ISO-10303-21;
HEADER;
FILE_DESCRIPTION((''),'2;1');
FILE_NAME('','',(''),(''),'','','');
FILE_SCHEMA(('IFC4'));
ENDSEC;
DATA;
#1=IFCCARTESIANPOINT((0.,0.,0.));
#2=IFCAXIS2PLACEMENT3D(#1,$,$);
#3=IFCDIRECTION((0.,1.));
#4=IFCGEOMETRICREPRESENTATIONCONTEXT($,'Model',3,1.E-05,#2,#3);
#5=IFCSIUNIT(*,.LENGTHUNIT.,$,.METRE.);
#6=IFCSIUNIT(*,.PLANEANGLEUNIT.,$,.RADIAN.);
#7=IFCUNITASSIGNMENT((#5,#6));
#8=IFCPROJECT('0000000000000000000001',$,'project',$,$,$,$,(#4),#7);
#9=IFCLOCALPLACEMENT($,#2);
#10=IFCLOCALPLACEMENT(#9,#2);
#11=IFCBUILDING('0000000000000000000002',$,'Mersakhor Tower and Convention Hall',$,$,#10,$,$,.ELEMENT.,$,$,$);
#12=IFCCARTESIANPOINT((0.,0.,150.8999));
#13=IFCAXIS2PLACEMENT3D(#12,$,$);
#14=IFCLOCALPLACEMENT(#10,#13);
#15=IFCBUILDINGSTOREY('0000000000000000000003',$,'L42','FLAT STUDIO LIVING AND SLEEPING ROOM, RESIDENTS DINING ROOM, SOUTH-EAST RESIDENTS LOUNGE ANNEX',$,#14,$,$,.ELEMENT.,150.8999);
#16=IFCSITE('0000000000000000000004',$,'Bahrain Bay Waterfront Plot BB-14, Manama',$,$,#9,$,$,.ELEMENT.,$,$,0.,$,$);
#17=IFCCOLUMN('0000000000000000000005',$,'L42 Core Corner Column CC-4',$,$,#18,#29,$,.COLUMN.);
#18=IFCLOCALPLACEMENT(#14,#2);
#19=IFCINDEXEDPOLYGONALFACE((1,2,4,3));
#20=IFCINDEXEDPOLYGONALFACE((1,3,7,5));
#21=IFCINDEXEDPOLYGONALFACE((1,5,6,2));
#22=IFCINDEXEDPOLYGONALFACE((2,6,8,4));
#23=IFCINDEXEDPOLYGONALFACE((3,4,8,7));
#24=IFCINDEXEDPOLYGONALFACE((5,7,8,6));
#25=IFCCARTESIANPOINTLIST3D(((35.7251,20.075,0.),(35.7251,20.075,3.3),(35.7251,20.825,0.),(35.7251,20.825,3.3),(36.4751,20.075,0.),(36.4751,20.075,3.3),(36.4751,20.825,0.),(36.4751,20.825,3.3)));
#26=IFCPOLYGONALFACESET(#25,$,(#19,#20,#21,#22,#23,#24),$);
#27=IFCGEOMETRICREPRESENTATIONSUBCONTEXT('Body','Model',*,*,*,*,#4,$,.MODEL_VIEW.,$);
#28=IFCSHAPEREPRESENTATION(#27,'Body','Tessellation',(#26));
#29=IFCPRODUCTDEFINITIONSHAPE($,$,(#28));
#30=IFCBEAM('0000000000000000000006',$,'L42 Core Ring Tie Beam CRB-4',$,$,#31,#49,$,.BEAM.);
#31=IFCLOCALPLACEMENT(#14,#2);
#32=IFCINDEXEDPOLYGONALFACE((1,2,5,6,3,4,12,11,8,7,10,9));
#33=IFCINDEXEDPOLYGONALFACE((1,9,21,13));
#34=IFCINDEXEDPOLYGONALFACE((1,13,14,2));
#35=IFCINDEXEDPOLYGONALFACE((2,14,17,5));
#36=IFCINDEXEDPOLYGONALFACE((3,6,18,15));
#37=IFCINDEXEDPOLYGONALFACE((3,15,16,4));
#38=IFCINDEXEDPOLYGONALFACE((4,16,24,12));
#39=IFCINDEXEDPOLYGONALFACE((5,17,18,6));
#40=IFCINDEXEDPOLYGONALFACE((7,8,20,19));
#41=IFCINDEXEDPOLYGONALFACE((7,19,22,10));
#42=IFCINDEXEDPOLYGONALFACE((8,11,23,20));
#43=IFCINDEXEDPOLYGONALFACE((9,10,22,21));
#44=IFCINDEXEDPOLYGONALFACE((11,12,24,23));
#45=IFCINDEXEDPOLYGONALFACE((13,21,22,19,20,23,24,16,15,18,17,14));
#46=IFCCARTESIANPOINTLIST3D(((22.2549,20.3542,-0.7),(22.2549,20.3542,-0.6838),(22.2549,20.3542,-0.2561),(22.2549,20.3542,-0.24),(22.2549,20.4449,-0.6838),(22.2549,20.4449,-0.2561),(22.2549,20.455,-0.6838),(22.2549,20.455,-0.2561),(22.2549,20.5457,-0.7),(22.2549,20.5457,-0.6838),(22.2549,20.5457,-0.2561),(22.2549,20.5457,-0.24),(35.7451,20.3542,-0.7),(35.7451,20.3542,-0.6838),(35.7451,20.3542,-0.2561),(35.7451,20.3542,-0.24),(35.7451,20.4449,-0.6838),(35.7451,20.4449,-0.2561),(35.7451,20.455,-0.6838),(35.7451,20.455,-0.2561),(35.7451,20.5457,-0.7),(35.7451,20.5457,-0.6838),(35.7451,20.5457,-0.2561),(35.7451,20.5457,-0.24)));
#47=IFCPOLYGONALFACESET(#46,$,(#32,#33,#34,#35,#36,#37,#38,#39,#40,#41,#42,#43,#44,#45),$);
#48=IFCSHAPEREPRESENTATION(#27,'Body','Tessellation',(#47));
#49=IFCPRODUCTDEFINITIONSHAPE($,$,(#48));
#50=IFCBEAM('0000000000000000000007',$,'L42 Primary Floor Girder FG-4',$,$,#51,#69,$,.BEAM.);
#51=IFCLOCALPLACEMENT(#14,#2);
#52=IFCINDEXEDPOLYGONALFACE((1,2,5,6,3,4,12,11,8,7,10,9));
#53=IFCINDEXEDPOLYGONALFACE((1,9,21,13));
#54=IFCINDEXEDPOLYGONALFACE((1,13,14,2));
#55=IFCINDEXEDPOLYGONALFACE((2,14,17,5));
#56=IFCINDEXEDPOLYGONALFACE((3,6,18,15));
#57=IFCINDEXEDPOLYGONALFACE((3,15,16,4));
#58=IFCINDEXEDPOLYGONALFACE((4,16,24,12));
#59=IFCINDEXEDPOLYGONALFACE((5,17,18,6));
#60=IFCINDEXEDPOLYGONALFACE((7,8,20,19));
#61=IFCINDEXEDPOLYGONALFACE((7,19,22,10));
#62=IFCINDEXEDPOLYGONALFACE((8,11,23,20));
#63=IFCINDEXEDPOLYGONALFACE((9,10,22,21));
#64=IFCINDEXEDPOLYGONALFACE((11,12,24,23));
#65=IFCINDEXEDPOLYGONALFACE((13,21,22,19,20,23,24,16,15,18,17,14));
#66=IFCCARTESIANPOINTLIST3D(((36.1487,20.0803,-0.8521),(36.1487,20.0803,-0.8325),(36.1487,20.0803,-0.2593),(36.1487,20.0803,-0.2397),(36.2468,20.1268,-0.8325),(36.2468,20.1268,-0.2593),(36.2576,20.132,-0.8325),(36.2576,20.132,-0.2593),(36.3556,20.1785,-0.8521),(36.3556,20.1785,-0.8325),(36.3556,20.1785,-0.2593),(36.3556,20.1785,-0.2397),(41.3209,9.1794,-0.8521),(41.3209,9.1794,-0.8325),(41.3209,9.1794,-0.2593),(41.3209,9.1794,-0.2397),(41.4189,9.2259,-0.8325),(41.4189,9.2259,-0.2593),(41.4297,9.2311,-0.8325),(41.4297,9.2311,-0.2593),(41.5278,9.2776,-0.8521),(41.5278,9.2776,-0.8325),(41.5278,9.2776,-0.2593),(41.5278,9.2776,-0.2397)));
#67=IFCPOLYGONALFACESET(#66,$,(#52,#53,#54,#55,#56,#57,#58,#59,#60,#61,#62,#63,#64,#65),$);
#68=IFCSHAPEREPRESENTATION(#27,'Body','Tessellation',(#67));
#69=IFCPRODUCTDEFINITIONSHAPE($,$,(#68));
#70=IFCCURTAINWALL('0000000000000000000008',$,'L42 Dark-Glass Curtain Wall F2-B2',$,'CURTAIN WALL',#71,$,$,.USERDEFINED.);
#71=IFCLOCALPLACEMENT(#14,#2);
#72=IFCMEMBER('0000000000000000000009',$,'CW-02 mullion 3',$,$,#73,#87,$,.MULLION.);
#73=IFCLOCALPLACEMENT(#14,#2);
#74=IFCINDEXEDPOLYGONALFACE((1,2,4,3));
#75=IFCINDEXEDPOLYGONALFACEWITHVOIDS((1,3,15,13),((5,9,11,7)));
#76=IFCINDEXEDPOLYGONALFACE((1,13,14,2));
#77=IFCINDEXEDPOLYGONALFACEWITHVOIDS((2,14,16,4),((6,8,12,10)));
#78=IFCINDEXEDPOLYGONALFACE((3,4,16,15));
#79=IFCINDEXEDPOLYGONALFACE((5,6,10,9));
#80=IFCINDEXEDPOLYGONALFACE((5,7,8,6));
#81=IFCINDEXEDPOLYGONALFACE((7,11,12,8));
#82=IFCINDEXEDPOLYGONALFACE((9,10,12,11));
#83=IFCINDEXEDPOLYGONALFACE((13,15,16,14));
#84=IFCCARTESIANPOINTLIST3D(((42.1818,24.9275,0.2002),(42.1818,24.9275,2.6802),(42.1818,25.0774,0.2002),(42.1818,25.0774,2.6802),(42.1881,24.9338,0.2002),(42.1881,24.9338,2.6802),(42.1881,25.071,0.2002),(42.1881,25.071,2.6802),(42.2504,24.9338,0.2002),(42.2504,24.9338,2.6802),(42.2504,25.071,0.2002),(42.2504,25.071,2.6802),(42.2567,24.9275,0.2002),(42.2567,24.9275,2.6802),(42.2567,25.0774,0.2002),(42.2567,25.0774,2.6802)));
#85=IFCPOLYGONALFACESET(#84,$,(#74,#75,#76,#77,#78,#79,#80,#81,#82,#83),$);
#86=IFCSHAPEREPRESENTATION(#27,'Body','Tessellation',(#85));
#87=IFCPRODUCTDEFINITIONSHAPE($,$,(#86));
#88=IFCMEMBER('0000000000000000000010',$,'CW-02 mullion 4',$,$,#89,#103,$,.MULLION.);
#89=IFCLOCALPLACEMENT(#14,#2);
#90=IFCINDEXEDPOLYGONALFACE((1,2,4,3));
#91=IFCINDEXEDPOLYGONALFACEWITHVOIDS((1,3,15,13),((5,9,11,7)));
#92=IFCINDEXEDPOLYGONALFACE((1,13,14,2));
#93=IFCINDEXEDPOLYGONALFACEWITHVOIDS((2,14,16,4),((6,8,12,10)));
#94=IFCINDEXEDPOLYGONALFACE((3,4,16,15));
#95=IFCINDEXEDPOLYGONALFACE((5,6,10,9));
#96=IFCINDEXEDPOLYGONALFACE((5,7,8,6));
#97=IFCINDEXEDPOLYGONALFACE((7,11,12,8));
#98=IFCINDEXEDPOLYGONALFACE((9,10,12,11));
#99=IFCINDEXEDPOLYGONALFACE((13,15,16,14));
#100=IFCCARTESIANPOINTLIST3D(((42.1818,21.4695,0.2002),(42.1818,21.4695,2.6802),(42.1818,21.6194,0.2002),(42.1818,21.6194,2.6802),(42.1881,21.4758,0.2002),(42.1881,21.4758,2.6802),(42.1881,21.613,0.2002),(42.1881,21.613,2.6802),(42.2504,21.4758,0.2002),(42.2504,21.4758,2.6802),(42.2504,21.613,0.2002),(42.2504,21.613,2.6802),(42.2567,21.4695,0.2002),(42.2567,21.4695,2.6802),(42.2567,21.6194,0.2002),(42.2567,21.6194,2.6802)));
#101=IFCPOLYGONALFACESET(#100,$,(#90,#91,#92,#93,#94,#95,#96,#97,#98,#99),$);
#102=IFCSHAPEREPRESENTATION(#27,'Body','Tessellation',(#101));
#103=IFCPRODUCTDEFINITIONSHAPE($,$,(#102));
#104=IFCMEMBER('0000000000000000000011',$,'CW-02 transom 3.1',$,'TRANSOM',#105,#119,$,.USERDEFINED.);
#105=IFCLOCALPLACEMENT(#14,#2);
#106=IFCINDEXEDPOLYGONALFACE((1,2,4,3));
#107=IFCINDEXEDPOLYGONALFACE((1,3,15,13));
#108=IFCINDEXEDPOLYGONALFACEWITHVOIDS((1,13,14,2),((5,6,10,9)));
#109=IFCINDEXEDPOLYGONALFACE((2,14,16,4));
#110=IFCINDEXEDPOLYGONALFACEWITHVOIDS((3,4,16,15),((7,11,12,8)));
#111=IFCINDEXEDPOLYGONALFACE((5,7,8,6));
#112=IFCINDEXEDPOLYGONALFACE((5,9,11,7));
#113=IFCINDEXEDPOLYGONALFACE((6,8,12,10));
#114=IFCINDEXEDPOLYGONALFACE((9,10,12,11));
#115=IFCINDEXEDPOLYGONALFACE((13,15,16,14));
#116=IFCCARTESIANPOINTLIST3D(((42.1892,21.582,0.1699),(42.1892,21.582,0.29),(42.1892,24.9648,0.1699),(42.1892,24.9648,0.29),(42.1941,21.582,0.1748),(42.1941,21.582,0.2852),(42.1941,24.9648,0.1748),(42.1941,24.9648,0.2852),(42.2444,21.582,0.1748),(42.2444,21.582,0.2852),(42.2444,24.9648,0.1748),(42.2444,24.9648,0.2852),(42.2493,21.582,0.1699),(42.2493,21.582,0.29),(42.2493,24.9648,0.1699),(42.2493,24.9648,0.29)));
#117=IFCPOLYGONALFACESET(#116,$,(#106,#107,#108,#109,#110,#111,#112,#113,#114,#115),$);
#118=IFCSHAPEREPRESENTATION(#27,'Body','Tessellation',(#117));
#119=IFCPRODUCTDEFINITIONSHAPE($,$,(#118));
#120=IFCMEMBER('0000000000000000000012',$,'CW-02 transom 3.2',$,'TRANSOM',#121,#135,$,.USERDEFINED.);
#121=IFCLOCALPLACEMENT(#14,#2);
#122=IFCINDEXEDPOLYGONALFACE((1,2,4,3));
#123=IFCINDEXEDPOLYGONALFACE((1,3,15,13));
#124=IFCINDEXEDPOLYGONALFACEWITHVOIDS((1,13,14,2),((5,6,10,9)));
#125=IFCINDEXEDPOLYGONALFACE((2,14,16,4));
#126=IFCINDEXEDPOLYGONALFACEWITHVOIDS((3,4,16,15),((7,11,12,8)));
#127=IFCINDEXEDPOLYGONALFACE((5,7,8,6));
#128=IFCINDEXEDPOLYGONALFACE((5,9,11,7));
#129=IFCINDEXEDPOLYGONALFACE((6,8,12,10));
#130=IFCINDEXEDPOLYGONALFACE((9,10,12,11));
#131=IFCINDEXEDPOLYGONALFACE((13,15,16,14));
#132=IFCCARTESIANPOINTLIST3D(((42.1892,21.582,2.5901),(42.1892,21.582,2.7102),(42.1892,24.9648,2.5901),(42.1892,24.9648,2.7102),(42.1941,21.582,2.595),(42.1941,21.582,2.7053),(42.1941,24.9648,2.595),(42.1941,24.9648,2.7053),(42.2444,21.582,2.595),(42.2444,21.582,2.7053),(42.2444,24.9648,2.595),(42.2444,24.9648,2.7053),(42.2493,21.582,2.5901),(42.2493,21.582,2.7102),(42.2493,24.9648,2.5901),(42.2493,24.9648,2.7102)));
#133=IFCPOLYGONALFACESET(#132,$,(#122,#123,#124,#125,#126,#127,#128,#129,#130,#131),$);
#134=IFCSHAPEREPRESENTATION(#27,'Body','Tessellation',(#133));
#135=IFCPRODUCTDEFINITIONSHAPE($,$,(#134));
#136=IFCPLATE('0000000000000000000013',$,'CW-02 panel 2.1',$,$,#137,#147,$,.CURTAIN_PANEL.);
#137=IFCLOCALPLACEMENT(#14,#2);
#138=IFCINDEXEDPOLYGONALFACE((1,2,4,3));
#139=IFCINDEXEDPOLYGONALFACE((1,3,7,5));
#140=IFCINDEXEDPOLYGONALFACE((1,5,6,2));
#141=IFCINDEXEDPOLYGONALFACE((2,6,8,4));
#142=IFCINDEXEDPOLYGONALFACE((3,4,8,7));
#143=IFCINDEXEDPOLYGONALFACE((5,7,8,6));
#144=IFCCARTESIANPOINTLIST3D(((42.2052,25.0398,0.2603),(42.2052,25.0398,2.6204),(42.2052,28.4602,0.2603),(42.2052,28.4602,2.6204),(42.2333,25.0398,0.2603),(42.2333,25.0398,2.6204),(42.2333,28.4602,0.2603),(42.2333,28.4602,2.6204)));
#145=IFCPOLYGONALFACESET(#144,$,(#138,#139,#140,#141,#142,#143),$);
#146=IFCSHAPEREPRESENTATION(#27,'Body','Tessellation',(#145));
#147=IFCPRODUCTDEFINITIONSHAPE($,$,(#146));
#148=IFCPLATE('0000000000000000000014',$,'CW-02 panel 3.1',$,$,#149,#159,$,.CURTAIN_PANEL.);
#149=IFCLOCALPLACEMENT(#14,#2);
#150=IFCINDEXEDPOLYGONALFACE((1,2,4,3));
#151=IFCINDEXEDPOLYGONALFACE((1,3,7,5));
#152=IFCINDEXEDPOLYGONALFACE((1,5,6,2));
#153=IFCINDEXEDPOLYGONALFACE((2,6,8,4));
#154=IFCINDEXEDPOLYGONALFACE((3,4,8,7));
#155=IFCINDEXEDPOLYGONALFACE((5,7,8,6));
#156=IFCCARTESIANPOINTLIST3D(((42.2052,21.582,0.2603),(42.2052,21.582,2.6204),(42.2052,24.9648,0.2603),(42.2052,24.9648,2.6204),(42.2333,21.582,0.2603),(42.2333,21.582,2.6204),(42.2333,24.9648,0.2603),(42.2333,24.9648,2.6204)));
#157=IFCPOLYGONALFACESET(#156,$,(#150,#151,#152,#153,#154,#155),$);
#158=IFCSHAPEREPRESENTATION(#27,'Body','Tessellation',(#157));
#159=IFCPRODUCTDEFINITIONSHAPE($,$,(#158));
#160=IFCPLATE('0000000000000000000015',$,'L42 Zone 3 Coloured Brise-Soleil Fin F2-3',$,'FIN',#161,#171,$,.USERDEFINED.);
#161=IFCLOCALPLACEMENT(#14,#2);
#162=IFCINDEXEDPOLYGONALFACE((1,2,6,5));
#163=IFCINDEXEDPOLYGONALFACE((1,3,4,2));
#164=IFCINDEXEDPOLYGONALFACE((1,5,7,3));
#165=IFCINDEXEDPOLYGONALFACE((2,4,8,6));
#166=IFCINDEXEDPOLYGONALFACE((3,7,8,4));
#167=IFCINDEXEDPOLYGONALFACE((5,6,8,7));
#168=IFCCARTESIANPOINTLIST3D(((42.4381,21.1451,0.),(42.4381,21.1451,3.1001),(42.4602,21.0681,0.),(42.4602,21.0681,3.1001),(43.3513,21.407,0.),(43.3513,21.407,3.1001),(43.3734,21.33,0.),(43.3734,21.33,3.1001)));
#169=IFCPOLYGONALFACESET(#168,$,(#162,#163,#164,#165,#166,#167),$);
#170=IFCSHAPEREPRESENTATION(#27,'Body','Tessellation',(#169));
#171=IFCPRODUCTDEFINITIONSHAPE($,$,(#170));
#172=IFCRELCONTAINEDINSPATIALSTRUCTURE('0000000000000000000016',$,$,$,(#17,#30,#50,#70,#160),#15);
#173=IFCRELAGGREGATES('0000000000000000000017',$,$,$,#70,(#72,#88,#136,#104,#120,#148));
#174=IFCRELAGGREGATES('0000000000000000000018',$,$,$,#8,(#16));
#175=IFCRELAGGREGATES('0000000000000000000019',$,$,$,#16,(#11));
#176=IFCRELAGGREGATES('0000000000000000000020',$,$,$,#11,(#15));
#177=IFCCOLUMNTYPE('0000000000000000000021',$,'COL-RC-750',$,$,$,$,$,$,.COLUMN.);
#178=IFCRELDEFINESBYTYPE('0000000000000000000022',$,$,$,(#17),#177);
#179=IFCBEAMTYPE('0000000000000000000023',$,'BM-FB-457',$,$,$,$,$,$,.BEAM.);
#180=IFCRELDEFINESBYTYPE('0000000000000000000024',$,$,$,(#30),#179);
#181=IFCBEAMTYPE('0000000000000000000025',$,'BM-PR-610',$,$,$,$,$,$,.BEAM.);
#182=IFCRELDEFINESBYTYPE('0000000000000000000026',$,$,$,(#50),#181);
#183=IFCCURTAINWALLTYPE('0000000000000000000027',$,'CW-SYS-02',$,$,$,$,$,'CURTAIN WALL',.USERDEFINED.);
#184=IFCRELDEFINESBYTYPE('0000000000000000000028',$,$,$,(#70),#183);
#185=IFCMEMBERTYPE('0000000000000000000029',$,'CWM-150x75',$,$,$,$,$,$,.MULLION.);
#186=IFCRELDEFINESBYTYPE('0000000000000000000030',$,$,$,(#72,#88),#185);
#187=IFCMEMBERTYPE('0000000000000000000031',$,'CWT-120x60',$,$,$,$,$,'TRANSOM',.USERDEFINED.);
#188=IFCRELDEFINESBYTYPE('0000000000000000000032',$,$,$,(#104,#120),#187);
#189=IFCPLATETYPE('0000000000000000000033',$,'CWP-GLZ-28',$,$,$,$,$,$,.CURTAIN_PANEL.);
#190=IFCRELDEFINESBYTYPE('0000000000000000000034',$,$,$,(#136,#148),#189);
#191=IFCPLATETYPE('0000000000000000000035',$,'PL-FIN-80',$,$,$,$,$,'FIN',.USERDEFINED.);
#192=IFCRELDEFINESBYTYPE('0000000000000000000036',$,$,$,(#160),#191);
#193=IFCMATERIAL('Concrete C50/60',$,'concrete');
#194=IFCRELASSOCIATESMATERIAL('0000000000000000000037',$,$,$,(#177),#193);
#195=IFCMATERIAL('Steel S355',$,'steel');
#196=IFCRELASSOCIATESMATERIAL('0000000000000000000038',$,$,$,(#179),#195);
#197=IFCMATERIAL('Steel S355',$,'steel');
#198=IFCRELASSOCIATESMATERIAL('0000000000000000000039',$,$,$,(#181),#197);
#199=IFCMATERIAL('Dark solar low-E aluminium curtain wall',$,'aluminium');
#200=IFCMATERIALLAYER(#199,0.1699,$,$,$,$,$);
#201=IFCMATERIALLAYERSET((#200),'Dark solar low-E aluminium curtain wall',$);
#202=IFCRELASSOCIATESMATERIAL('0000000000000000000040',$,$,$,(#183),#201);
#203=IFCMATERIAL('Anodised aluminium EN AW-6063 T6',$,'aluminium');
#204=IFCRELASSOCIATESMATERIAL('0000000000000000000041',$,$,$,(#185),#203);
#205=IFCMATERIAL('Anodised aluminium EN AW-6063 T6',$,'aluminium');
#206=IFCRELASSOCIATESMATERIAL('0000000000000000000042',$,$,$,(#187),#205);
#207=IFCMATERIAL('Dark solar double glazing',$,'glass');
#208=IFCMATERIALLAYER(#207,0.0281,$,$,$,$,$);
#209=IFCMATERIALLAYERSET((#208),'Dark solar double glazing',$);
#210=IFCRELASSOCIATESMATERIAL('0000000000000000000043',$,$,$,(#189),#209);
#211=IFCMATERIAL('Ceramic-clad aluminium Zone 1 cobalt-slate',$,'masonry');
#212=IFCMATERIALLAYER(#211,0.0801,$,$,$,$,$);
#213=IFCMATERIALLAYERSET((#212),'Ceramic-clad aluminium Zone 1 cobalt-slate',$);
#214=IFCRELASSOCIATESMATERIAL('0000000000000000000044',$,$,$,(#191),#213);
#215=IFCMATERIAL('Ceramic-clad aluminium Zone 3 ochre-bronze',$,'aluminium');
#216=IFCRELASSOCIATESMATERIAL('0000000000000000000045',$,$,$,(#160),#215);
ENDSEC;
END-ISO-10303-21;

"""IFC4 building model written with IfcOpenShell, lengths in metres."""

from ifc_helpers import new_model, si_unit, direction, frame, origin, origin_2d, place, context, subcontext, project, spatial, rectangle, hollow_rectangle, i_section, extrude, material, layer, layer_set, material_profile, profile_set, type_object, element, aggregate, save


model = new_model("IFC4")

# Units and contexts
model_context = context("Model", 3, precision=1e-05, world=origin(), true_north=direction((0.0, 1.0)))
body_context = subcontext(model_context, "Body", "Model", "MODEL_VIEW")
ifc_project = project(units=[si_unit("LENGTHUNIT", "METRE"), si_unit("PLANEANGLEUNIT", "RADIAN")], contexts=[model_context])

# Site, building, storey
site_placement = place(None, origin())
site = spatial("IfcSite", under=ifc_project, at=site_placement, Name="Bahrain Bay Waterfront Plot BB-14, Manama", CompositionType="ELEMENT", RefElevation=0.0)
building_placement = place(site_placement, origin())
building = spatial("IfcBuilding", under=site, at=building_placement, Name="Mersakhor Tower and Convention Hall", CompositionType="ELEMENT")
storey_placement = place(building_placement, frame((0.0, 0.0, 150.8999)))
storey = spatial("IfcBuildingStorey", under=building, at=storey_placement, Name="L42", Description="FLAT STUDIO LIVING AND SLEEPING ROOM, RESIDENTS DINING ROOM, SOUTH-EAST RESIDENTS LOUNGE ANNEX", CompositionType="ELEMENT", Elevation=150.8999)

# Column
ifc_material_1 = material(Name="Concrete C50/60", Category="concrete")
ifc_material_profile_1 = material_profile(ifc_material_1, rectangle(XDim=0.75, YDim=0.75, at=origin_2d()), Name="RC 750x750")
ifc_profile_set_1 = profile_set([ifc_material_profile_1], Name="Concrete C50/60")
column_type = type_object("IfcColumnType", Name="COL-RC-750", PredefinedType="COLUMN", material=ifc_profile_set_1)
column_placement = place(storey_placement, frame((36.1001, 20.45, 0.0), z_axis=(0.0, 0.0, 1.0), x_axis=(1.0, 0.0, 0.0)))
element("IfcColumn", 1, at=column_placement, inside=storey, type_object=column_type, Name="L42 Core Corner Column CC-4", PredefinedType="COLUMN", context=body_context, shape_type="SweptSolid", body=[
    extrude(rectangle(XDim=0.75, YDim=0.75, at=origin_2d()), origin(), (0.0, 0.0, 1.0), 3.3),
])

# Beams
ifc_material_2 = material(Name="Steel S355", Category="steel")
ifc_material_profile_2 = material_profile(ifc_material_2, i_section(OverallWidth=0.1914, OverallDepth=0.46, WebThickness=0.01, FlangeThickness=0.0161, at=origin_2d()), Name="UB 457x191x82")
ifc_profile_set_2 = profile_set([ifc_material_profile_2], Name="Steel S355")
beam_type_1 = type_object("IfcBeamType", Name="BM-FB-457", PredefinedType="BEAM", material=ifc_profile_set_2)
beam_1_placement = place(storey_placement, frame((35.7451, 20.45, -0.47), z_axis=(-1.0, 0.0, 0.0), x_axis=(0.0, -1.0, 0.0)))
element("IfcBeam", 2, at=beam_1_placement, inside=storey, type_object=beam_type_1, Name="L42 Core Ring Tie Beam CRB-4", PredefinedType="BEAM", context=body_context, shape_type="SweptSolid", body=[
    extrude(i_section(OverallWidth=0.1914, OverallDepth=0.46, WebThickness=0.01, FlangeThickness=0.0161, at=origin_2d()), origin(), (0.0, 0.0, 1.0), 13.4902),
])
ifc_material_3 = material(Name="Steel S355", Category="steel")
ifc_material_profile_3 = material_profile(ifc_material_3, i_section(OverallWidth=0.229, OverallDepth=0.6123, WebThickness=0.012, FlangeThickness=0.0195, at=origin_2d()), Name="UB 610x229x125")
ifc_profile_set_3 = profile_set([ifc_material_profile_3], Name="Steel S355")
beam_type_2 = type_object("IfcBeamType", Name="BM-PR-610", PredefinedType="BEAM", material=ifc_profile_set_3)
beam_2_placement = place(storey_placement, frame((36.2522, 20.1294, -0.5459), z_axis=(0.428665, -0.903464, 0.0), x_axis=(0.903464, 0.428665, 0.0)))
element("IfcBeam", 3, at=beam_2_placement, inside=storey, type_object=beam_type_2, Name="L42 Primary Floor Girder FG-4", PredefinedType="BEAM", context=body_context, shape_type="SweptSolid", body=[
    extrude(i_section(OverallWidth=0.229, OverallDepth=0.6123, WebThickness=0.012, FlangeThickness=0.0195, at=origin_2d()), origin(), (0.0, 0.0, 1.0), 12.0657),
])

# Curtain wall, members, plates
ifc_material_4 = material(Name="Dark solar low-E aluminium curtain wall", Category="aluminium")
ifc_layer_1 = layer(ifc_material_4, 0.1699)
ifc_layer_set_1 = layer_set([ifc_layer_1], Name="Dark solar low-E aluminium curtain wall")
curtain_wall_type = type_object("IfcCurtainWallType", Name="CW-SYS-02", ElementType="CURTAIN WALL", PredefinedType="USERDEFINED", material=ifc_layer_set_1)
curtain_wall_placement = place(storey_placement, origin())
curtain_wall = element("IfcCurtainWall", 4, at=curtain_wall_placement, inside=storey, type_object=curtain_wall_type, Name="L42 Dark-Glass Curtain Wall F2-B2", ObjectType="CURTAIN WALL", PredefinedType="USERDEFINED")
ifc_material_5 = material(Name="Anodised aluminium EN AW-6063 T6", Category="aluminium")
ifc_material_profile_4 = material_profile(ifc_material_5, hollow_rectangle(XDim=0.075, YDim=0.1499, WallThickness=0.0063, at=origin_2d()), Name="RHS 150x75x6.3")
ifc_profile_set_4 = profile_set([ifc_material_profile_4], Name="Anodised aluminium EN AW-6063 T6")
member_type_1 = type_object("IfcMemberType", Name="CWM-150x75", PredefinedType="MULLION", material=ifc_profile_set_4)
member_1_placement = place(storey_placement, frame((42.2192, 25.0024, 0.2002), z_axis=(0.0, 0.0, 1.0), x_axis=(1.0, 0.0, 0.0)))
member_1 = element("IfcMember", 5, at=member_1_placement, type_object=member_type_1, Name="CW-02 mullion 3", PredefinedType="MULLION", context=body_context, shape_type="SweptSolid", body=[
    extrude(hollow_rectangle(XDim=0.075, YDim=0.1499, WallThickness=0.0063, at=origin_2d()), origin(), (0.0, 0.0, 1.0), 2.48),
])
member_2_placement = place(storey_placement, frame((42.2192, 21.5444, 0.2002), z_axis=(0.0, 0.0, 1.0), x_axis=(1.0, 0.0, 0.0)))
member_2 = element("IfcMember", 6, at=member_2_placement, type_object=member_type_1, Name="CW-02 mullion 4", PredefinedType="MULLION", context=body_context, shape_type="SweptSolid", body=[
    extrude(hollow_rectangle(XDim=0.075, YDim=0.1499, WallThickness=0.0063, at=origin_2d()), origin(), (0.0, 0.0, 1.0), 2.48),
])
ifc_material_6 = material(Name="Anodised aluminium EN AW-6063 T6", Category="aluminium")
ifc_material_profile_5 = material_profile(ifc_material_6, hollow_rectangle(XDim=0.0601, YDim=0.1201, WallThickness=0.0049, at=origin_2d()), Name="RHS 120x60x5")
ifc_profile_set_5 = profile_set([ifc_material_profile_5], Name="Anodised aluminium EN AW-6063 T6")
member_type_2 = type_object("IfcMemberType", Name="CWT-120x60", ElementType="TRANSOM", PredefinedType="USERDEFINED", material=ifc_profile_set_5)
member_3_placement = place(storey_placement, frame((42.2192, 24.9648, 0.23), z_axis=(0.0, -1.0, 0.0), x_axis=(1.0, 0.0, 0.0)))
member_3 = element("IfcMember", 7, at=member_3_placement, type_object=member_type_2, Name="CW-02 transom 3.1", ObjectType="TRANSOM", PredefinedType="USERDEFINED", context=body_context, shape_type="SweptSolid", body=[
    extrude(hollow_rectangle(XDim=0.0601, YDim=0.1201, WallThickness=0.0049, at=origin_2d()), origin(), (0.0, 0.0, 1.0), 3.3828),
])
member_4_placement = place(storey_placement, frame((42.2192, 24.9648, 2.6501), z_axis=(0.0, -1.0, 0.0), x_axis=(1.0, 0.0, 0.0)))
member_4 = element("IfcMember", 8, at=member_4_placement, type_object=member_type_2, Name="CW-02 transom 3.2", ObjectType="TRANSOM", PredefinedType="USERDEFINED", context=body_context, shape_type="SweptSolid", body=[
    extrude(hollow_rectangle(XDim=0.0601, YDim=0.1201, WallThickness=0.0049, at=origin_2d()), origin(), (0.0, 0.0, 1.0), 3.3828),
])
ifc_material_7 = material(Name="Dark solar double glazing", Category="glass")
ifc_layer_2 = layer(ifc_material_7, 0.0281)
ifc_layer_set_2 = layer_set([ifc_layer_2], Name="Dark solar double glazing")
plate_type_1 = type_object("IfcPlateType", Name="CWP-GLZ-28", PredefinedType="CURTAIN_PANEL", material=ifc_layer_set_2)
plate_1_placement = place(storey_placement, frame((42.2192, 26.75, 0.2603), z_axis=(0.0, 0.0, 1.0), x_axis=(0.0, -1.0, 0.0)))
plate_1 = element("IfcPlate", 9, at=plate_1_placement, type_object=plate_type_1, Name="CW-02 panel 2.1", PredefinedType="CURTAIN_PANEL", context=body_context, shape_type="SweptSolid", body=[
    extrude(rectangle(XDim=3.4204, YDim=0.0281, at=origin_2d()), origin(), (0.0, 0.0, 1.0), 2.3601),
])
plate_2_placement = place(storey_placement, frame((42.2192, 23.2734, 0.2603), z_axis=(0.0, 0.0, 1.0), x_axis=(0.0, -1.0, 0.0)))
plate_2 = element("IfcPlate", 10, at=plate_2_placement, type_object=plate_type_1, Name="CW-02 panel 3.1", PredefinedType="CURTAIN_PANEL", context=body_context, shape_type="SweptSolid", body=[
    extrude(rectangle(XDim=3.3828, YDim=0.0281, at=origin_2d()), origin(), (0.0, 0.0, 1.0), 2.3601),
])
aggregate(curtain_wall, [member_1, member_2, plate_1, member_3, member_4, plate_2])

# Plate
ifc_material_8 = material(Name="Ceramic-clad aluminium Zone 3 ochre-bronze", Category="aluminium")
ifc_material_9 = material(Name="Ceramic-clad aluminium Zone 1 cobalt-slate", Category="masonry")
ifc_layer_3 = layer(ifc_material_9, 0.0801)
ifc_layer_set_3 = layer_set([ifc_layer_3], Name="Ceramic-clad aluminium Zone 1 cobalt-slate")
plate_type_2 = type_object("IfcPlateType", Name="PL-FIN-80", ElementType="FIN", PredefinedType="USERDEFINED", material=ifc_layer_set_3)
plate_3_placement = place(storey_placement, frame((42.9058, 21.2375, 0.0), z_axis=(0.0, 0.0, 1.0), x_axis=(0.961262, 0.275637, 0.0)))
element("IfcPlate", 11, at=plate_3_placement, inside=storey, type_object=plate_type_2, material=ifc_material_8, Name="L42 Zone 3 Coloured Brise-Soleil Fin F2-3", ObjectType="FIN", PredefinedType="USERDEFINED", context=body_context, shape_type="SweptSolid", body=[
    extrude(rectangle(XDim=0.95, YDim=0.0801, at=origin_2d()), origin(), (0.0, 0.0, 1.0), 3.1001),
])

save(model, "model.ifc")
